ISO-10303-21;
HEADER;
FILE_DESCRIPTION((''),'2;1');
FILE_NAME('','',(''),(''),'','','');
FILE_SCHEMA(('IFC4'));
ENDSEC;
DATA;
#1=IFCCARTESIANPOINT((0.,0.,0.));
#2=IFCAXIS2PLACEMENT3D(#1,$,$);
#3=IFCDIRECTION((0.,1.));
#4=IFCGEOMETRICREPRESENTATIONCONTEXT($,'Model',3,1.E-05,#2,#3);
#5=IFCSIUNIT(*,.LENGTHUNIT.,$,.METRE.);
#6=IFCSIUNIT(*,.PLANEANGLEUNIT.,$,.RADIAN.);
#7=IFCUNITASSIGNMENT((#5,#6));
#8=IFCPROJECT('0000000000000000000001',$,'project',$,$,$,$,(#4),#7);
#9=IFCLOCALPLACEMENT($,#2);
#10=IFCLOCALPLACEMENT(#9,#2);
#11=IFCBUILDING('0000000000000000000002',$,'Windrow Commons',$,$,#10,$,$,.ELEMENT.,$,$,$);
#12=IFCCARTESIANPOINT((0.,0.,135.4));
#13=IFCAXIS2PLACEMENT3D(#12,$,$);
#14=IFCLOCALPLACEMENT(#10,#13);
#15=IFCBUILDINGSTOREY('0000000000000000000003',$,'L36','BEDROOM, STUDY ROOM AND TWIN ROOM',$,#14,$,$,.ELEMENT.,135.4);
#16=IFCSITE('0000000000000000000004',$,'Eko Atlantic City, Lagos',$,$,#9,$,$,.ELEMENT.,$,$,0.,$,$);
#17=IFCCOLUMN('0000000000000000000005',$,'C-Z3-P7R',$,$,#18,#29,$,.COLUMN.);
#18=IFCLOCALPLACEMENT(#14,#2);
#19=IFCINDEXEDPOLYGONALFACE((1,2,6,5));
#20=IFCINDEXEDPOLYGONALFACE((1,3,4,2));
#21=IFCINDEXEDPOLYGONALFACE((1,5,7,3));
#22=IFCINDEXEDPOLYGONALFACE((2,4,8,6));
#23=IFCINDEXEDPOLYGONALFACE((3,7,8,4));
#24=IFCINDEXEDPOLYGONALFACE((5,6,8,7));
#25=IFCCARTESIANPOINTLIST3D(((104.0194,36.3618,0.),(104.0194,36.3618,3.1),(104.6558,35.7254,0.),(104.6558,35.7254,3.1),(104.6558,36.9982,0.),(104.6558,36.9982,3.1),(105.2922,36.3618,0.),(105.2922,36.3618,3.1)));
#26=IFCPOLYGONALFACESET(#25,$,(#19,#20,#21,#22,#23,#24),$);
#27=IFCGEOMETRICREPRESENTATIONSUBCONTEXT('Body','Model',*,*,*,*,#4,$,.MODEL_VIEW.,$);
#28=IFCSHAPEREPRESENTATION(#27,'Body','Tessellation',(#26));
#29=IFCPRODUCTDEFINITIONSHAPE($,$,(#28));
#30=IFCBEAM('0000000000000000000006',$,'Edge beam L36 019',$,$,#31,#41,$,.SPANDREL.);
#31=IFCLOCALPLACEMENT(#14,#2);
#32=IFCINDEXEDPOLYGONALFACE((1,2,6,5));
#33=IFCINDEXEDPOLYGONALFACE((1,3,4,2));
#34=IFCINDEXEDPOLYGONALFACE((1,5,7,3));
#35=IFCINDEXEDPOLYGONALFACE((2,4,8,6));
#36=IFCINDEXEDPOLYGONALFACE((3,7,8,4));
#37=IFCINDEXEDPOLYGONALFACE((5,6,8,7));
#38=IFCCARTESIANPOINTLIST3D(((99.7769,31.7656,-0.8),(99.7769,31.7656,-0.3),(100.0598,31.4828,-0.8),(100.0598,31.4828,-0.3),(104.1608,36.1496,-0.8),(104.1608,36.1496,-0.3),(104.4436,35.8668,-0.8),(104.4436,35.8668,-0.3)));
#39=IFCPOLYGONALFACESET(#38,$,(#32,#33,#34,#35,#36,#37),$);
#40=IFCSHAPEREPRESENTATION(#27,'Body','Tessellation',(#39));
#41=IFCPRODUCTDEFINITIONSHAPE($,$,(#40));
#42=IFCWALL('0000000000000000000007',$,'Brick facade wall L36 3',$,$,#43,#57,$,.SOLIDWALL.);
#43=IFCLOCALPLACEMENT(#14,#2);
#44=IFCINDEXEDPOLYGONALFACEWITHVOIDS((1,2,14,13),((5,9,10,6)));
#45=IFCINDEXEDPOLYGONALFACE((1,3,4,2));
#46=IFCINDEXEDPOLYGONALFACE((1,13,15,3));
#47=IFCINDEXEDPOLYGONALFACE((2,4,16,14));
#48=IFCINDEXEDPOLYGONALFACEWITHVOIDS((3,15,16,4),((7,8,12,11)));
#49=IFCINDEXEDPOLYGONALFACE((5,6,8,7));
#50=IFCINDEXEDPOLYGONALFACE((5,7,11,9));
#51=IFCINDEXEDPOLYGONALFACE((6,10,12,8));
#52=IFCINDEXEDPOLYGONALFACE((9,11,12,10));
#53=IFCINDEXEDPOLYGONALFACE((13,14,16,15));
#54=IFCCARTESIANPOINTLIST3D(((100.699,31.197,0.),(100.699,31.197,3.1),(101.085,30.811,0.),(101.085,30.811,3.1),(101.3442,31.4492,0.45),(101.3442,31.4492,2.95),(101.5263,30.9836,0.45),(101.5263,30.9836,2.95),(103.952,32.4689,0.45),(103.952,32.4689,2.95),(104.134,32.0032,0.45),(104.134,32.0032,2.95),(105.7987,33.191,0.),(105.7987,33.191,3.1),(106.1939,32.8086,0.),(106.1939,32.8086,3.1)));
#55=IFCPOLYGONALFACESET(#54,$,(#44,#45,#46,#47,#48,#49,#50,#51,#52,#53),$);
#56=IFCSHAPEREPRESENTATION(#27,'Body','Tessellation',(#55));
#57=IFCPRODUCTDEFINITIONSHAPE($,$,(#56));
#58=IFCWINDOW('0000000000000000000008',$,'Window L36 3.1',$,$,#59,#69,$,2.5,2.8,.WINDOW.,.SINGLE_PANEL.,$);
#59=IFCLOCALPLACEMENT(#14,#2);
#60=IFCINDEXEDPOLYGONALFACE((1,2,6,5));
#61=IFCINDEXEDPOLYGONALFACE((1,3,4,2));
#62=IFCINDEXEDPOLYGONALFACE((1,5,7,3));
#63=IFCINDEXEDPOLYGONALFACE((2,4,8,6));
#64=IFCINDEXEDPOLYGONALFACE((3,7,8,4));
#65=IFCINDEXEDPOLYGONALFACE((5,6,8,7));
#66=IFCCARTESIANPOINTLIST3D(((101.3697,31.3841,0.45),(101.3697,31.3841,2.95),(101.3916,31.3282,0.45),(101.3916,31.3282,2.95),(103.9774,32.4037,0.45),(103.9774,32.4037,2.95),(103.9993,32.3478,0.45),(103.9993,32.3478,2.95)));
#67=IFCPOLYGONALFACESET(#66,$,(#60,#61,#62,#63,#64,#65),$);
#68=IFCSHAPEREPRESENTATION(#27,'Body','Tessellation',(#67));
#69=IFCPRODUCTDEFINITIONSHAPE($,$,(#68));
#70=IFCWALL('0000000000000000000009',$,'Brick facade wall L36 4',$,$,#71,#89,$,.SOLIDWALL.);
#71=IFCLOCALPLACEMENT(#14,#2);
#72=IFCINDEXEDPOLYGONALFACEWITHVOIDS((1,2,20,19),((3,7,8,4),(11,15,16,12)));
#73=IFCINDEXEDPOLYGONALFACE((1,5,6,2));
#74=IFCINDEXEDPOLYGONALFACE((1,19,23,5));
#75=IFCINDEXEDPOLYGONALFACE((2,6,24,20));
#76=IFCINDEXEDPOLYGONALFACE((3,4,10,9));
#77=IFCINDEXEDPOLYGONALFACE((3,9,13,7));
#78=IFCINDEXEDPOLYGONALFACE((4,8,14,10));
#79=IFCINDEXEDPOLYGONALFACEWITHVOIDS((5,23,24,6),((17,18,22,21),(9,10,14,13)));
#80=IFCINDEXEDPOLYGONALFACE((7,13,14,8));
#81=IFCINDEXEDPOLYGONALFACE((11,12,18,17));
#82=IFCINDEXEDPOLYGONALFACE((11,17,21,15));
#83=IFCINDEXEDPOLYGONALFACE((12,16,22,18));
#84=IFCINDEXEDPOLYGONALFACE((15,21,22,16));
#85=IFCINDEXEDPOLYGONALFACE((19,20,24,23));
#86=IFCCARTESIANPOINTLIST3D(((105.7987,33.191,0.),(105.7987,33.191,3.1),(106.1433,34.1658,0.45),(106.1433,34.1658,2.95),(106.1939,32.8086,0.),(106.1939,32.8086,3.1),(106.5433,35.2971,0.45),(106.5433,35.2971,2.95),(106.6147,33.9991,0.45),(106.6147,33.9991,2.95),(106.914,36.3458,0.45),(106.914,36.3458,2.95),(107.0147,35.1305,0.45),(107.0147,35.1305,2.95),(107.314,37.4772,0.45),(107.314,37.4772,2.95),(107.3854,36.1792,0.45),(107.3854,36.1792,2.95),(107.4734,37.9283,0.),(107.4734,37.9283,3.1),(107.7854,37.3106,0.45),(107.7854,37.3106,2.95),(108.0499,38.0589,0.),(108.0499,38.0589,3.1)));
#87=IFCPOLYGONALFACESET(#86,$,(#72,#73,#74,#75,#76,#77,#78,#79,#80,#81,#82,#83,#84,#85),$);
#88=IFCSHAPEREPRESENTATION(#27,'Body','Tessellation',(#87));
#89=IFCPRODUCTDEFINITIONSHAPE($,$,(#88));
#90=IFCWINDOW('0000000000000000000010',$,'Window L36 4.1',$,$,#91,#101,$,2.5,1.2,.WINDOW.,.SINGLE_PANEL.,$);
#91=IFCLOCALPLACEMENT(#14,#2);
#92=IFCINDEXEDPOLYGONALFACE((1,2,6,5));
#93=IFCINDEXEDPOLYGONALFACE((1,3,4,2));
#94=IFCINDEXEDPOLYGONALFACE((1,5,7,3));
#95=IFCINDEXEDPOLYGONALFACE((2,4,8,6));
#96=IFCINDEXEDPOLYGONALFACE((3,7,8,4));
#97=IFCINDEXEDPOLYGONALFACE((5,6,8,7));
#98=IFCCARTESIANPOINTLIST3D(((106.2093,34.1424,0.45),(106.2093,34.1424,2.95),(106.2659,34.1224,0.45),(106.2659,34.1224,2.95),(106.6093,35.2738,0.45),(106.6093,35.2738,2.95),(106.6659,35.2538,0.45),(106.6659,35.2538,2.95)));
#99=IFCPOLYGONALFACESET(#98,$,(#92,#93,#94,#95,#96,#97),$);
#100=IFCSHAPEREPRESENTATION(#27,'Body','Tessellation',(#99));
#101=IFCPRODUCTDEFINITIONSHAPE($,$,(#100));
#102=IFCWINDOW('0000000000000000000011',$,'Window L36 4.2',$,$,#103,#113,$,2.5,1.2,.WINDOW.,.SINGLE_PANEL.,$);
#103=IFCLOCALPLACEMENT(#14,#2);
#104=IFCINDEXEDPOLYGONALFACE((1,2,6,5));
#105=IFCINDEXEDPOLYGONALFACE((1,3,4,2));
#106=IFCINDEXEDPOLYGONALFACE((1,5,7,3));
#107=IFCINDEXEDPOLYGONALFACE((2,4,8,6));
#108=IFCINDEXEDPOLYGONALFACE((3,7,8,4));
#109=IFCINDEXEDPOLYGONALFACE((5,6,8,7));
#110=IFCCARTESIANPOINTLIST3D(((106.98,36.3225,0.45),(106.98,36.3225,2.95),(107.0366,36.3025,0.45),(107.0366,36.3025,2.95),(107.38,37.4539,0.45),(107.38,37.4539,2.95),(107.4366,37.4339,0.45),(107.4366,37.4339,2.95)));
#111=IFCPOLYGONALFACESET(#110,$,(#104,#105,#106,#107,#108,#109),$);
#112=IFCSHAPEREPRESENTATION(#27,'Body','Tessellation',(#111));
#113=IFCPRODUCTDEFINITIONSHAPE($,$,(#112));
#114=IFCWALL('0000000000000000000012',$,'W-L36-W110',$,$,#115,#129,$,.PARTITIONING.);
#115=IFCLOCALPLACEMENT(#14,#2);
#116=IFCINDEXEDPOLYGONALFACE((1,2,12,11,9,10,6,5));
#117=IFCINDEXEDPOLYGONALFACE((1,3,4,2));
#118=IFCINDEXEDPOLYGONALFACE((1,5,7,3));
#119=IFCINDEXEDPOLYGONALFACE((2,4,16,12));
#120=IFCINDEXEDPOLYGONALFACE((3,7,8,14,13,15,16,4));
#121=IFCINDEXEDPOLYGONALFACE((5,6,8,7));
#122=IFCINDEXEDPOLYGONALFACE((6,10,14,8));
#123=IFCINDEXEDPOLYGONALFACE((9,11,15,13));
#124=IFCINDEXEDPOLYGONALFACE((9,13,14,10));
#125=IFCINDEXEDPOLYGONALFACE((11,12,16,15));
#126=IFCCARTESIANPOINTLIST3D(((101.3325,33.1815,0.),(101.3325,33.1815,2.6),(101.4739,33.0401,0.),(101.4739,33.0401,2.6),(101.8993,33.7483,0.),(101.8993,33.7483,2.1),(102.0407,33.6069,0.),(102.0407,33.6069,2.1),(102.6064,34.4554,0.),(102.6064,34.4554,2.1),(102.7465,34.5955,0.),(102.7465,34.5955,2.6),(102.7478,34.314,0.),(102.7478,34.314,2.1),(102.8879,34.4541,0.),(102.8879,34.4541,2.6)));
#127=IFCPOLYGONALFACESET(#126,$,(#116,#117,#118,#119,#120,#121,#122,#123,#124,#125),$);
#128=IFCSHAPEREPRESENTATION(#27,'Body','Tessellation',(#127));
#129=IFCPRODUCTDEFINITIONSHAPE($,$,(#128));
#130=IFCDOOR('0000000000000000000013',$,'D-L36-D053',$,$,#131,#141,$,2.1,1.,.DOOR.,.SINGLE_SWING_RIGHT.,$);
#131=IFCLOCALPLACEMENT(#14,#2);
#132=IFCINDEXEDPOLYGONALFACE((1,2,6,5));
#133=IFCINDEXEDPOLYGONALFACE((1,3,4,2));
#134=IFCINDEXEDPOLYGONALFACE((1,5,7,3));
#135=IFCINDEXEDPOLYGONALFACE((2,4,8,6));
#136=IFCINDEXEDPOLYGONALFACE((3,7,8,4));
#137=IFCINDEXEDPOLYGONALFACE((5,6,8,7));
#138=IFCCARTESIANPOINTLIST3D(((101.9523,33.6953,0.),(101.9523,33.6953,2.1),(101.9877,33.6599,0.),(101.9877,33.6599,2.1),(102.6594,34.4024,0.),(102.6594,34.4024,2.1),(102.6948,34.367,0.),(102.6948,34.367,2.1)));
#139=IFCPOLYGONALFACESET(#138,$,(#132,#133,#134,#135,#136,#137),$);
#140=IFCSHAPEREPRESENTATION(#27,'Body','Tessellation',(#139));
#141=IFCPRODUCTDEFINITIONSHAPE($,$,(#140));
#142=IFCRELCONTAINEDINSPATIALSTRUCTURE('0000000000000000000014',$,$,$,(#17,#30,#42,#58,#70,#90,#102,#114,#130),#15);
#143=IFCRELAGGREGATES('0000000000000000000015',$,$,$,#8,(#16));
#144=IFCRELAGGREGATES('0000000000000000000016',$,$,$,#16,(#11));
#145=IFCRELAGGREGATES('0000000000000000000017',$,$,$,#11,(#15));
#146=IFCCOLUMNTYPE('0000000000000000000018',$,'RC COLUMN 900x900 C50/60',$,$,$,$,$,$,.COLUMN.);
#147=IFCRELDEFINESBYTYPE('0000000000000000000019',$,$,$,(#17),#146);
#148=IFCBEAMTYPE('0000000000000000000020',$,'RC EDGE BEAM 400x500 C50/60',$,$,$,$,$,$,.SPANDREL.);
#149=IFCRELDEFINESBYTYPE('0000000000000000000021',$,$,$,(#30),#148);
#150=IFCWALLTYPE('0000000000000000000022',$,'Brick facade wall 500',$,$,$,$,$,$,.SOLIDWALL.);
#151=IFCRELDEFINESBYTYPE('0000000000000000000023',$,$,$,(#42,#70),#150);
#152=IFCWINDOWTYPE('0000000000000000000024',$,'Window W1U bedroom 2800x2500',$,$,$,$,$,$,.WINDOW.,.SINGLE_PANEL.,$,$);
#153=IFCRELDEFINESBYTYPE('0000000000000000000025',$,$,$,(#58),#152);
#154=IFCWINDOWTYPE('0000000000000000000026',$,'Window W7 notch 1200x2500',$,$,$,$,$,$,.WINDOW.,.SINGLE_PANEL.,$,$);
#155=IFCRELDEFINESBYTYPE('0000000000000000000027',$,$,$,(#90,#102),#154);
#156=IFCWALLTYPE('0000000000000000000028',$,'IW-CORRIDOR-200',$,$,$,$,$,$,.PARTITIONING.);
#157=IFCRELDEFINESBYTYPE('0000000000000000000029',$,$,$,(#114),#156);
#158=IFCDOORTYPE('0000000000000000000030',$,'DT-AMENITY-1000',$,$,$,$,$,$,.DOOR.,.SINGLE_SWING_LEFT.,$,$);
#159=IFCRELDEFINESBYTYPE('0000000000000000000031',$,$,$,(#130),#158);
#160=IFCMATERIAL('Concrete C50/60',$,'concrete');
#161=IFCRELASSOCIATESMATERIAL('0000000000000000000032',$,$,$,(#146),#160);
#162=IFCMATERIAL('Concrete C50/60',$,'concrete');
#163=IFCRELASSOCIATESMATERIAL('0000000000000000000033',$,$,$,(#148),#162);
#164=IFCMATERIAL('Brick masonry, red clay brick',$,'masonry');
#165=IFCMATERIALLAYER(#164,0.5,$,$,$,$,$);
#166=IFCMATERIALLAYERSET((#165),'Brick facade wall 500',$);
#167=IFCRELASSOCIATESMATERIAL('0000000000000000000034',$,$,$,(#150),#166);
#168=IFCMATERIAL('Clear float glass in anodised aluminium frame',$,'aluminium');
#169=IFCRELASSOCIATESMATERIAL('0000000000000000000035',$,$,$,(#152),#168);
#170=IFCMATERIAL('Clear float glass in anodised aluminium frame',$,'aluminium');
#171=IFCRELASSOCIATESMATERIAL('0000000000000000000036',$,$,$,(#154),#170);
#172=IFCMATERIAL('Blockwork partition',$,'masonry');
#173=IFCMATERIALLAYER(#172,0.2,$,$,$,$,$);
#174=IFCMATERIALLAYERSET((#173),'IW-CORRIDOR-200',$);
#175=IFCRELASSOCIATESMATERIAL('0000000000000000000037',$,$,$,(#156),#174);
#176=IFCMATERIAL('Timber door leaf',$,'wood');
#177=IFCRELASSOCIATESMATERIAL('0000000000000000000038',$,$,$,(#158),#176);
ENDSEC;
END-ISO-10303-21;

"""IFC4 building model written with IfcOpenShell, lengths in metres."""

from ifc_helpers import new_model, si_unit, direction, frame, frame_2d, origin, origin_2d, place, context, subcontext, project, spatial, polyline, rectangle, outline, extrude, material, layer, layer_set, material_profile, profile_set, type_object, element, fill, save


model = new_model("IFC4")

# Units and contexts
model_context = context("Model", 3, precision=1e-05, world=origin(), true_north=direction((0.0, 1.0)))
body_context = subcontext(model_context, "Body", "Model", "MODEL_VIEW")
ifc_project = project(units=[si_unit("LENGTHUNIT", "METRE"), si_unit("PLANEANGLEUNIT", "RADIAN")], contexts=[model_context])

# Site, building, storey
site_placement = place(None, origin())
site = spatial("IfcSite", under=ifc_project, at=site_placement, Name="Eko Atlantic City, Lagos", CompositionType="ELEMENT", RefElevation=0.0)
building_placement = place(site_placement, origin())
building = spatial("IfcBuilding", under=site, at=building_placement, Name="Windrow Commons", CompositionType="ELEMENT")
storey_placement = place(building_placement, frame((0.0, 0.0, 135.4)))
storey = spatial("IfcBuildingStorey", under=building, at=storey_placement, Name="L36", Description="BEDROOM, STUDY ROOM AND TWIN ROOM", CompositionType="ELEMENT", Elevation=135.4)

# Column
ifc_material_1 = material(Name="Concrete C50/60", Category="concrete")
ifc_material_profile_1 = material_profile(ifc_material_1, rectangle(XDim=0.9, YDim=0.9, at=origin_2d()))
ifc_profile_set_1 = profile_set([ifc_material_profile_1], Name="Concrete C50/60")
column_type = type_object("IfcColumnType", Name="RC COLUMN 900x900 C50/60", PredefinedType="COLUMN", material=ifc_profile_set_1)
column_placement = place(storey_placement, frame((104.6558, 36.3618, 0.0), z_axis=(0.0, 0.0, 1.0), x_axis=(0.707107, -0.707107, 0.0)))
element("IfcColumn", 1, at=column_placement, inside=storey, type_object=column_type, Name="C-Z3-P7R", PredefinedType="COLUMN", context=body_context, shape_type="SweptSolid", body=[
    extrude(rectangle(XDim=0.9, YDim=0.9, at=origin_2d()), origin(), (0.0, 0.0, 1.0), 3.1),
])

# Beam
ifc_material_2 = material(Name="Concrete C50/60", Category="concrete")
ifc_material_profile_2 = material_profile(ifc_material_2, rectangle(XDim=0.4, YDim=0.5, at=origin_2d()))
ifc_profile_set_2 = profile_set([ifc_material_profile_2], Name="Concrete C50/60")
beam_type = type_object("IfcBeamType", Name="RC EDGE BEAM 400x500 C50/60", PredefinedType="SPANDREL", material=ifc_profile_set_2)
beam_placement = place(storey_placement, frame((104.3022, 36.0082, -0.55), z_axis=(-0.707099, -0.707115, 0.0), x_axis=(0.707115, -0.707099, 0.0)))
element("IfcBeam", 2, at=beam_placement, inside=storey, type_object=beam_type, Name="Edge beam L36 019", PredefinedType="SPANDREL", context=body_context, shape_type="SweptSolid", body=[
    extrude(rectangle(XDim=0.4, YDim=0.5, at=origin_2d()), origin(), (0.0, 0.0, 1.0), 6.1998),
])

# Wall, opening, window
ifc_material_3 = material(Name="Brick masonry, red clay brick", Category="masonry")
ifc_layer_1 = layer(ifc_material_3, 0.5)
ifc_layer_set_1 = layer_set([ifc_layer_1], Name="Brick facade wall 500")
wall_type_1 = type_object("IfcWallType", Name="Brick facade wall 500", PredefinedType="SOLIDWALL", material=ifc_layer_set_1)
wall_1_placement = place(storey_placement, frame((100.892, 31.004, 0.0), z_axis=(0.0, 0.0, 1.0), x_axis=(0.931338, 0.364156, 0.0)))
wall_1 = element("IfcWall", 3, at=wall_1_placement, inside=storey, type_object=wall_type_1, Name="Brick facade wall L36 3", PredefinedType="SOLIDWALL", context=body_context, shape_type="SweptSolid", body=[
    extrude(outline(polyline([(0.1095, -0.25), (5.595, -0.25), (5.3662, 0.25), (-0.1095, 0.25), (0.1095, -0.25)])), origin(), (0.0, 0.0, 1.0), 3.1),
])
opening_1_placement = place(wall_1_placement, frame((0.5833, 0.0, 0.45)))
opening_1 = element("IfcOpeningElement", 4, at=opening_1_placement, cuts=wall_1, PredefinedType="OPENING", context=body_context, shape_type="SweptSolid", body=[
    extrude(rectangle(XDim=2.8, YDim=2.5, at=frame_2d((1.4, 1.25))), frame((0.0, 0.26, 0.0), z_axis=(0.0, -1.0, 0.0), x_axis=(1.0, 0.0, 0.0)), (0.0, 0.0, 1.0), 0.52),
])
ifc_material_4 = material(Name="Clear float glass in anodised aluminium frame", Category="aluminium")
window_type_1 = type_object("IfcWindowType", Name="Window W1U bedroom 2800x2500", PartitioningType="SINGLE_PANEL", PredefinedType="WINDOW", material=ifc_material_4)
window_1_placement = place(opening_1_placement, origin())
window_1 = element("IfcWindow", 5, at=window_1_placement, inside=storey, type_object=window_type_1, Name="Window L36 3.1", OverallHeight=2.5, OverallWidth=2.8, PartitioningType="SINGLE_PANEL", PredefinedType="WINDOW", context=body_context, shape_type="SweptSolid", body=[
    extrude(rectangle(XDim=2.8, YDim=2.5, at=frame_2d((1.4, 1.25))), frame((0.0, 0.18, 0.0), z_axis=(0.0, -1.0, 0.0), x_axis=(1.0, 0.0, 0.0)), (0.0, 0.0, 1.0), 0.06),
])
fill(opening_1, window_1)

# Wall, openings, windows
wall_2_placement = place(storey_placement, frame((105.9963, 32.9998, 0.0), z_axis=(0.0, 0.0, 1.0), x_axis=(0.333304, 0.942819, 0.0)))
wall_2 = element("IfcWall", 6, at=wall_2_placement, inside=storey, type_object=wall_type_1, Name="Brick facade wall L36 4", PredefinedType="SOLIDWALL", context=body_context, shape_type="SweptSolid", body=[
    extrude(outline(polyline([(-0.1144, -0.25), (5.4543, -0.25), (5.139, 0.25), (0.1144, 0.25), (-0.1144, -0.25)])), origin(), (0.0, 0.0, 1.0), 3.1),
])
opening_2_placement = place(wall_2_placement, frame((1.1483, 0.0, 0.45)))
opening_2 = element("IfcOpeningElement", 7, at=opening_2_placement, cuts=wall_2, PredefinedType="OPENING", context=body_context, shape_type="SweptSolid", body=[
    extrude(rectangle(XDim=1.2, YDim=2.5, at=frame_2d((0.6, 1.25))), frame((0.0, 0.26, 0.0), z_axis=(0.0, -1.0, 0.0), x_axis=(1.0, 0.0, 0.0)), (0.0, 0.0, 1.0), 0.52),
])
opening_3_placement = place(wall_2_placement, frame((3.4606, 0.0, 0.45)))
opening_3 = element("IfcOpeningElement", 8, at=opening_3_placement, cuts=wall_2, PredefinedType="OPENING", context=body_context, shape_type="SweptSolid", body=[
    extrude(rectangle(XDim=1.2, YDim=2.5, at=frame_2d((0.6, 1.25))), frame((0.0, 0.26, 0.0), z_axis=(0.0, -1.0, 0.0), x_axis=(1.0, 0.0, 0.0)), (0.0, 0.0, 1.0), 0.52),
])
ifc_material_5 = material(Name="Clear float glass in anodised aluminium frame", Category="aluminium")
window_type_2 = type_object("IfcWindowType", Name="Window W7 notch 1200x2500", PartitioningType="SINGLE_PANEL", PredefinedType="WINDOW", material=ifc_material_5)
window_2_placement = place(opening_2_placement, origin())
window_2 = element("IfcWindow", 9, at=window_2_placement, inside=storey, type_object=window_type_2, Name="Window L36 4.1", OverallHeight=2.5, OverallWidth=1.2, PartitioningType="SINGLE_PANEL", PredefinedType="WINDOW", context=body_context, shape_type="SweptSolid", body=[
    extrude(rectangle(XDim=1.2, YDim=2.5, at=frame_2d((0.6, 1.25))), frame((0.0, 0.18, 0.0), z_axis=(0.0, -1.0, 0.0), x_axis=(1.0, 0.0, 0.0)), (0.0, 0.0, 1.0), 0.06),
])
fill(opening_2, window_2)
window_3_placement = place(opening_3_placement, origin())
window_3 = element("IfcWindow", 10, at=window_3_placement, inside=storey, type_object=window_type_2, Name="Window L36 4.2", OverallHeight=2.5, OverallWidth=1.2, PartitioningType="SINGLE_PANEL", PredefinedType="WINDOW", context=body_context, shape_type="SweptSolid", body=[
    extrude(rectangle(XDim=1.2, YDim=2.5, at=frame_2d((0.6, 1.25))), frame((0.0, 0.18, 0.0), z_axis=(0.0, -1.0, 0.0), x_axis=(1.0, 0.0, 0.0)), (0.0, 0.0, 1.0), 0.06),
])
fill(opening_3, window_3)

# Wall, opening, door
ifc_material_6 = material(Name="Blockwork partition", Category="masonry")
ifc_layer_2 = layer(ifc_material_6, 0.2)
ifc_layer_set_2 = layer_set([ifc_layer_2], Name="IW-CORRIDOR-200")
wall_type_2 = type_object("IfcWallType", Name="IW-CORRIDOR-200", PredefinedType="PARTITIONING", material=ifc_layer_set_2)
wall_3_placement = place(storey_placement, frame((101.4032, 33.1108, 0.0), z_axis=(0.0, 0.0, 1.0), x_axis=(0.707107, 0.707107, 0.0)))
wall_3 = element("IfcWall", 11, at=wall_3_placement, inside=storey, type_object=wall_type_2, Name="W-L36-W110", PredefinedType="PARTITIONING", context=body_context, shape_type="SweptSolid", body=[
    extrude(rectangle(XDim=1.9997, YDim=0.2, at=frame_2d((0.9999, 0.0))), origin(), (0.0, 0.0, 1.0), 2.6),
])
opening_4_placement = place(wall_3_placement, frame((0.8016, 0.0, 0.0)))
opening_4 = element("IfcOpeningElement", 12, at=opening_4_placement, cuts=wall_3, PredefinedType="OPENING", context=body_context, shape_type="SweptSolid", body=[
    extrude(rectangle(XDim=1.0, YDim=2.1, at=frame_2d((0.5, 1.05))), frame((0.0, 0.11, 0.0), z_axis=(0.0, -1.0, 0.0), x_axis=(1.0, 0.0, 0.0)), (0.0, 0.0, 1.0), 0.22),
])
ifc_material_7 = material(Name="Timber door leaf", Category="wood")
door_type_1 = type_object("IfcDoorType", Name="DT-AMENITY-1000", OperationType="SINGLE_SWING_LEFT", PredefinedType="DOOR", material=ifc_material_7)
door_1_placement = place(opening_4_placement, origin())
door_1 = element("IfcDoor", 13, at=door_1_placement, inside=storey, type_object=door_type_1, Name="D-L36-D053", OperationType="SINGLE_SWING_RIGHT", OverallHeight=2.1, OverallWidth=1.0, PredefinedType="DOOR", context=body_context, shape_type="SweptSolid", body=[
    extrude(rectangle(XDim=1.0, YDim=2.1, at=frame_2d((0.5, 1.05))), frame((0.0, 0.025, 0.0), z_axis=(0.0, -1.0, 0.0), x_axis=(1.0, 0.0, 0.0)), (0.0, 0.0, 1.0), 0.05),
])
fill(opening_4, door_1)

save(model, "model.ifc")
